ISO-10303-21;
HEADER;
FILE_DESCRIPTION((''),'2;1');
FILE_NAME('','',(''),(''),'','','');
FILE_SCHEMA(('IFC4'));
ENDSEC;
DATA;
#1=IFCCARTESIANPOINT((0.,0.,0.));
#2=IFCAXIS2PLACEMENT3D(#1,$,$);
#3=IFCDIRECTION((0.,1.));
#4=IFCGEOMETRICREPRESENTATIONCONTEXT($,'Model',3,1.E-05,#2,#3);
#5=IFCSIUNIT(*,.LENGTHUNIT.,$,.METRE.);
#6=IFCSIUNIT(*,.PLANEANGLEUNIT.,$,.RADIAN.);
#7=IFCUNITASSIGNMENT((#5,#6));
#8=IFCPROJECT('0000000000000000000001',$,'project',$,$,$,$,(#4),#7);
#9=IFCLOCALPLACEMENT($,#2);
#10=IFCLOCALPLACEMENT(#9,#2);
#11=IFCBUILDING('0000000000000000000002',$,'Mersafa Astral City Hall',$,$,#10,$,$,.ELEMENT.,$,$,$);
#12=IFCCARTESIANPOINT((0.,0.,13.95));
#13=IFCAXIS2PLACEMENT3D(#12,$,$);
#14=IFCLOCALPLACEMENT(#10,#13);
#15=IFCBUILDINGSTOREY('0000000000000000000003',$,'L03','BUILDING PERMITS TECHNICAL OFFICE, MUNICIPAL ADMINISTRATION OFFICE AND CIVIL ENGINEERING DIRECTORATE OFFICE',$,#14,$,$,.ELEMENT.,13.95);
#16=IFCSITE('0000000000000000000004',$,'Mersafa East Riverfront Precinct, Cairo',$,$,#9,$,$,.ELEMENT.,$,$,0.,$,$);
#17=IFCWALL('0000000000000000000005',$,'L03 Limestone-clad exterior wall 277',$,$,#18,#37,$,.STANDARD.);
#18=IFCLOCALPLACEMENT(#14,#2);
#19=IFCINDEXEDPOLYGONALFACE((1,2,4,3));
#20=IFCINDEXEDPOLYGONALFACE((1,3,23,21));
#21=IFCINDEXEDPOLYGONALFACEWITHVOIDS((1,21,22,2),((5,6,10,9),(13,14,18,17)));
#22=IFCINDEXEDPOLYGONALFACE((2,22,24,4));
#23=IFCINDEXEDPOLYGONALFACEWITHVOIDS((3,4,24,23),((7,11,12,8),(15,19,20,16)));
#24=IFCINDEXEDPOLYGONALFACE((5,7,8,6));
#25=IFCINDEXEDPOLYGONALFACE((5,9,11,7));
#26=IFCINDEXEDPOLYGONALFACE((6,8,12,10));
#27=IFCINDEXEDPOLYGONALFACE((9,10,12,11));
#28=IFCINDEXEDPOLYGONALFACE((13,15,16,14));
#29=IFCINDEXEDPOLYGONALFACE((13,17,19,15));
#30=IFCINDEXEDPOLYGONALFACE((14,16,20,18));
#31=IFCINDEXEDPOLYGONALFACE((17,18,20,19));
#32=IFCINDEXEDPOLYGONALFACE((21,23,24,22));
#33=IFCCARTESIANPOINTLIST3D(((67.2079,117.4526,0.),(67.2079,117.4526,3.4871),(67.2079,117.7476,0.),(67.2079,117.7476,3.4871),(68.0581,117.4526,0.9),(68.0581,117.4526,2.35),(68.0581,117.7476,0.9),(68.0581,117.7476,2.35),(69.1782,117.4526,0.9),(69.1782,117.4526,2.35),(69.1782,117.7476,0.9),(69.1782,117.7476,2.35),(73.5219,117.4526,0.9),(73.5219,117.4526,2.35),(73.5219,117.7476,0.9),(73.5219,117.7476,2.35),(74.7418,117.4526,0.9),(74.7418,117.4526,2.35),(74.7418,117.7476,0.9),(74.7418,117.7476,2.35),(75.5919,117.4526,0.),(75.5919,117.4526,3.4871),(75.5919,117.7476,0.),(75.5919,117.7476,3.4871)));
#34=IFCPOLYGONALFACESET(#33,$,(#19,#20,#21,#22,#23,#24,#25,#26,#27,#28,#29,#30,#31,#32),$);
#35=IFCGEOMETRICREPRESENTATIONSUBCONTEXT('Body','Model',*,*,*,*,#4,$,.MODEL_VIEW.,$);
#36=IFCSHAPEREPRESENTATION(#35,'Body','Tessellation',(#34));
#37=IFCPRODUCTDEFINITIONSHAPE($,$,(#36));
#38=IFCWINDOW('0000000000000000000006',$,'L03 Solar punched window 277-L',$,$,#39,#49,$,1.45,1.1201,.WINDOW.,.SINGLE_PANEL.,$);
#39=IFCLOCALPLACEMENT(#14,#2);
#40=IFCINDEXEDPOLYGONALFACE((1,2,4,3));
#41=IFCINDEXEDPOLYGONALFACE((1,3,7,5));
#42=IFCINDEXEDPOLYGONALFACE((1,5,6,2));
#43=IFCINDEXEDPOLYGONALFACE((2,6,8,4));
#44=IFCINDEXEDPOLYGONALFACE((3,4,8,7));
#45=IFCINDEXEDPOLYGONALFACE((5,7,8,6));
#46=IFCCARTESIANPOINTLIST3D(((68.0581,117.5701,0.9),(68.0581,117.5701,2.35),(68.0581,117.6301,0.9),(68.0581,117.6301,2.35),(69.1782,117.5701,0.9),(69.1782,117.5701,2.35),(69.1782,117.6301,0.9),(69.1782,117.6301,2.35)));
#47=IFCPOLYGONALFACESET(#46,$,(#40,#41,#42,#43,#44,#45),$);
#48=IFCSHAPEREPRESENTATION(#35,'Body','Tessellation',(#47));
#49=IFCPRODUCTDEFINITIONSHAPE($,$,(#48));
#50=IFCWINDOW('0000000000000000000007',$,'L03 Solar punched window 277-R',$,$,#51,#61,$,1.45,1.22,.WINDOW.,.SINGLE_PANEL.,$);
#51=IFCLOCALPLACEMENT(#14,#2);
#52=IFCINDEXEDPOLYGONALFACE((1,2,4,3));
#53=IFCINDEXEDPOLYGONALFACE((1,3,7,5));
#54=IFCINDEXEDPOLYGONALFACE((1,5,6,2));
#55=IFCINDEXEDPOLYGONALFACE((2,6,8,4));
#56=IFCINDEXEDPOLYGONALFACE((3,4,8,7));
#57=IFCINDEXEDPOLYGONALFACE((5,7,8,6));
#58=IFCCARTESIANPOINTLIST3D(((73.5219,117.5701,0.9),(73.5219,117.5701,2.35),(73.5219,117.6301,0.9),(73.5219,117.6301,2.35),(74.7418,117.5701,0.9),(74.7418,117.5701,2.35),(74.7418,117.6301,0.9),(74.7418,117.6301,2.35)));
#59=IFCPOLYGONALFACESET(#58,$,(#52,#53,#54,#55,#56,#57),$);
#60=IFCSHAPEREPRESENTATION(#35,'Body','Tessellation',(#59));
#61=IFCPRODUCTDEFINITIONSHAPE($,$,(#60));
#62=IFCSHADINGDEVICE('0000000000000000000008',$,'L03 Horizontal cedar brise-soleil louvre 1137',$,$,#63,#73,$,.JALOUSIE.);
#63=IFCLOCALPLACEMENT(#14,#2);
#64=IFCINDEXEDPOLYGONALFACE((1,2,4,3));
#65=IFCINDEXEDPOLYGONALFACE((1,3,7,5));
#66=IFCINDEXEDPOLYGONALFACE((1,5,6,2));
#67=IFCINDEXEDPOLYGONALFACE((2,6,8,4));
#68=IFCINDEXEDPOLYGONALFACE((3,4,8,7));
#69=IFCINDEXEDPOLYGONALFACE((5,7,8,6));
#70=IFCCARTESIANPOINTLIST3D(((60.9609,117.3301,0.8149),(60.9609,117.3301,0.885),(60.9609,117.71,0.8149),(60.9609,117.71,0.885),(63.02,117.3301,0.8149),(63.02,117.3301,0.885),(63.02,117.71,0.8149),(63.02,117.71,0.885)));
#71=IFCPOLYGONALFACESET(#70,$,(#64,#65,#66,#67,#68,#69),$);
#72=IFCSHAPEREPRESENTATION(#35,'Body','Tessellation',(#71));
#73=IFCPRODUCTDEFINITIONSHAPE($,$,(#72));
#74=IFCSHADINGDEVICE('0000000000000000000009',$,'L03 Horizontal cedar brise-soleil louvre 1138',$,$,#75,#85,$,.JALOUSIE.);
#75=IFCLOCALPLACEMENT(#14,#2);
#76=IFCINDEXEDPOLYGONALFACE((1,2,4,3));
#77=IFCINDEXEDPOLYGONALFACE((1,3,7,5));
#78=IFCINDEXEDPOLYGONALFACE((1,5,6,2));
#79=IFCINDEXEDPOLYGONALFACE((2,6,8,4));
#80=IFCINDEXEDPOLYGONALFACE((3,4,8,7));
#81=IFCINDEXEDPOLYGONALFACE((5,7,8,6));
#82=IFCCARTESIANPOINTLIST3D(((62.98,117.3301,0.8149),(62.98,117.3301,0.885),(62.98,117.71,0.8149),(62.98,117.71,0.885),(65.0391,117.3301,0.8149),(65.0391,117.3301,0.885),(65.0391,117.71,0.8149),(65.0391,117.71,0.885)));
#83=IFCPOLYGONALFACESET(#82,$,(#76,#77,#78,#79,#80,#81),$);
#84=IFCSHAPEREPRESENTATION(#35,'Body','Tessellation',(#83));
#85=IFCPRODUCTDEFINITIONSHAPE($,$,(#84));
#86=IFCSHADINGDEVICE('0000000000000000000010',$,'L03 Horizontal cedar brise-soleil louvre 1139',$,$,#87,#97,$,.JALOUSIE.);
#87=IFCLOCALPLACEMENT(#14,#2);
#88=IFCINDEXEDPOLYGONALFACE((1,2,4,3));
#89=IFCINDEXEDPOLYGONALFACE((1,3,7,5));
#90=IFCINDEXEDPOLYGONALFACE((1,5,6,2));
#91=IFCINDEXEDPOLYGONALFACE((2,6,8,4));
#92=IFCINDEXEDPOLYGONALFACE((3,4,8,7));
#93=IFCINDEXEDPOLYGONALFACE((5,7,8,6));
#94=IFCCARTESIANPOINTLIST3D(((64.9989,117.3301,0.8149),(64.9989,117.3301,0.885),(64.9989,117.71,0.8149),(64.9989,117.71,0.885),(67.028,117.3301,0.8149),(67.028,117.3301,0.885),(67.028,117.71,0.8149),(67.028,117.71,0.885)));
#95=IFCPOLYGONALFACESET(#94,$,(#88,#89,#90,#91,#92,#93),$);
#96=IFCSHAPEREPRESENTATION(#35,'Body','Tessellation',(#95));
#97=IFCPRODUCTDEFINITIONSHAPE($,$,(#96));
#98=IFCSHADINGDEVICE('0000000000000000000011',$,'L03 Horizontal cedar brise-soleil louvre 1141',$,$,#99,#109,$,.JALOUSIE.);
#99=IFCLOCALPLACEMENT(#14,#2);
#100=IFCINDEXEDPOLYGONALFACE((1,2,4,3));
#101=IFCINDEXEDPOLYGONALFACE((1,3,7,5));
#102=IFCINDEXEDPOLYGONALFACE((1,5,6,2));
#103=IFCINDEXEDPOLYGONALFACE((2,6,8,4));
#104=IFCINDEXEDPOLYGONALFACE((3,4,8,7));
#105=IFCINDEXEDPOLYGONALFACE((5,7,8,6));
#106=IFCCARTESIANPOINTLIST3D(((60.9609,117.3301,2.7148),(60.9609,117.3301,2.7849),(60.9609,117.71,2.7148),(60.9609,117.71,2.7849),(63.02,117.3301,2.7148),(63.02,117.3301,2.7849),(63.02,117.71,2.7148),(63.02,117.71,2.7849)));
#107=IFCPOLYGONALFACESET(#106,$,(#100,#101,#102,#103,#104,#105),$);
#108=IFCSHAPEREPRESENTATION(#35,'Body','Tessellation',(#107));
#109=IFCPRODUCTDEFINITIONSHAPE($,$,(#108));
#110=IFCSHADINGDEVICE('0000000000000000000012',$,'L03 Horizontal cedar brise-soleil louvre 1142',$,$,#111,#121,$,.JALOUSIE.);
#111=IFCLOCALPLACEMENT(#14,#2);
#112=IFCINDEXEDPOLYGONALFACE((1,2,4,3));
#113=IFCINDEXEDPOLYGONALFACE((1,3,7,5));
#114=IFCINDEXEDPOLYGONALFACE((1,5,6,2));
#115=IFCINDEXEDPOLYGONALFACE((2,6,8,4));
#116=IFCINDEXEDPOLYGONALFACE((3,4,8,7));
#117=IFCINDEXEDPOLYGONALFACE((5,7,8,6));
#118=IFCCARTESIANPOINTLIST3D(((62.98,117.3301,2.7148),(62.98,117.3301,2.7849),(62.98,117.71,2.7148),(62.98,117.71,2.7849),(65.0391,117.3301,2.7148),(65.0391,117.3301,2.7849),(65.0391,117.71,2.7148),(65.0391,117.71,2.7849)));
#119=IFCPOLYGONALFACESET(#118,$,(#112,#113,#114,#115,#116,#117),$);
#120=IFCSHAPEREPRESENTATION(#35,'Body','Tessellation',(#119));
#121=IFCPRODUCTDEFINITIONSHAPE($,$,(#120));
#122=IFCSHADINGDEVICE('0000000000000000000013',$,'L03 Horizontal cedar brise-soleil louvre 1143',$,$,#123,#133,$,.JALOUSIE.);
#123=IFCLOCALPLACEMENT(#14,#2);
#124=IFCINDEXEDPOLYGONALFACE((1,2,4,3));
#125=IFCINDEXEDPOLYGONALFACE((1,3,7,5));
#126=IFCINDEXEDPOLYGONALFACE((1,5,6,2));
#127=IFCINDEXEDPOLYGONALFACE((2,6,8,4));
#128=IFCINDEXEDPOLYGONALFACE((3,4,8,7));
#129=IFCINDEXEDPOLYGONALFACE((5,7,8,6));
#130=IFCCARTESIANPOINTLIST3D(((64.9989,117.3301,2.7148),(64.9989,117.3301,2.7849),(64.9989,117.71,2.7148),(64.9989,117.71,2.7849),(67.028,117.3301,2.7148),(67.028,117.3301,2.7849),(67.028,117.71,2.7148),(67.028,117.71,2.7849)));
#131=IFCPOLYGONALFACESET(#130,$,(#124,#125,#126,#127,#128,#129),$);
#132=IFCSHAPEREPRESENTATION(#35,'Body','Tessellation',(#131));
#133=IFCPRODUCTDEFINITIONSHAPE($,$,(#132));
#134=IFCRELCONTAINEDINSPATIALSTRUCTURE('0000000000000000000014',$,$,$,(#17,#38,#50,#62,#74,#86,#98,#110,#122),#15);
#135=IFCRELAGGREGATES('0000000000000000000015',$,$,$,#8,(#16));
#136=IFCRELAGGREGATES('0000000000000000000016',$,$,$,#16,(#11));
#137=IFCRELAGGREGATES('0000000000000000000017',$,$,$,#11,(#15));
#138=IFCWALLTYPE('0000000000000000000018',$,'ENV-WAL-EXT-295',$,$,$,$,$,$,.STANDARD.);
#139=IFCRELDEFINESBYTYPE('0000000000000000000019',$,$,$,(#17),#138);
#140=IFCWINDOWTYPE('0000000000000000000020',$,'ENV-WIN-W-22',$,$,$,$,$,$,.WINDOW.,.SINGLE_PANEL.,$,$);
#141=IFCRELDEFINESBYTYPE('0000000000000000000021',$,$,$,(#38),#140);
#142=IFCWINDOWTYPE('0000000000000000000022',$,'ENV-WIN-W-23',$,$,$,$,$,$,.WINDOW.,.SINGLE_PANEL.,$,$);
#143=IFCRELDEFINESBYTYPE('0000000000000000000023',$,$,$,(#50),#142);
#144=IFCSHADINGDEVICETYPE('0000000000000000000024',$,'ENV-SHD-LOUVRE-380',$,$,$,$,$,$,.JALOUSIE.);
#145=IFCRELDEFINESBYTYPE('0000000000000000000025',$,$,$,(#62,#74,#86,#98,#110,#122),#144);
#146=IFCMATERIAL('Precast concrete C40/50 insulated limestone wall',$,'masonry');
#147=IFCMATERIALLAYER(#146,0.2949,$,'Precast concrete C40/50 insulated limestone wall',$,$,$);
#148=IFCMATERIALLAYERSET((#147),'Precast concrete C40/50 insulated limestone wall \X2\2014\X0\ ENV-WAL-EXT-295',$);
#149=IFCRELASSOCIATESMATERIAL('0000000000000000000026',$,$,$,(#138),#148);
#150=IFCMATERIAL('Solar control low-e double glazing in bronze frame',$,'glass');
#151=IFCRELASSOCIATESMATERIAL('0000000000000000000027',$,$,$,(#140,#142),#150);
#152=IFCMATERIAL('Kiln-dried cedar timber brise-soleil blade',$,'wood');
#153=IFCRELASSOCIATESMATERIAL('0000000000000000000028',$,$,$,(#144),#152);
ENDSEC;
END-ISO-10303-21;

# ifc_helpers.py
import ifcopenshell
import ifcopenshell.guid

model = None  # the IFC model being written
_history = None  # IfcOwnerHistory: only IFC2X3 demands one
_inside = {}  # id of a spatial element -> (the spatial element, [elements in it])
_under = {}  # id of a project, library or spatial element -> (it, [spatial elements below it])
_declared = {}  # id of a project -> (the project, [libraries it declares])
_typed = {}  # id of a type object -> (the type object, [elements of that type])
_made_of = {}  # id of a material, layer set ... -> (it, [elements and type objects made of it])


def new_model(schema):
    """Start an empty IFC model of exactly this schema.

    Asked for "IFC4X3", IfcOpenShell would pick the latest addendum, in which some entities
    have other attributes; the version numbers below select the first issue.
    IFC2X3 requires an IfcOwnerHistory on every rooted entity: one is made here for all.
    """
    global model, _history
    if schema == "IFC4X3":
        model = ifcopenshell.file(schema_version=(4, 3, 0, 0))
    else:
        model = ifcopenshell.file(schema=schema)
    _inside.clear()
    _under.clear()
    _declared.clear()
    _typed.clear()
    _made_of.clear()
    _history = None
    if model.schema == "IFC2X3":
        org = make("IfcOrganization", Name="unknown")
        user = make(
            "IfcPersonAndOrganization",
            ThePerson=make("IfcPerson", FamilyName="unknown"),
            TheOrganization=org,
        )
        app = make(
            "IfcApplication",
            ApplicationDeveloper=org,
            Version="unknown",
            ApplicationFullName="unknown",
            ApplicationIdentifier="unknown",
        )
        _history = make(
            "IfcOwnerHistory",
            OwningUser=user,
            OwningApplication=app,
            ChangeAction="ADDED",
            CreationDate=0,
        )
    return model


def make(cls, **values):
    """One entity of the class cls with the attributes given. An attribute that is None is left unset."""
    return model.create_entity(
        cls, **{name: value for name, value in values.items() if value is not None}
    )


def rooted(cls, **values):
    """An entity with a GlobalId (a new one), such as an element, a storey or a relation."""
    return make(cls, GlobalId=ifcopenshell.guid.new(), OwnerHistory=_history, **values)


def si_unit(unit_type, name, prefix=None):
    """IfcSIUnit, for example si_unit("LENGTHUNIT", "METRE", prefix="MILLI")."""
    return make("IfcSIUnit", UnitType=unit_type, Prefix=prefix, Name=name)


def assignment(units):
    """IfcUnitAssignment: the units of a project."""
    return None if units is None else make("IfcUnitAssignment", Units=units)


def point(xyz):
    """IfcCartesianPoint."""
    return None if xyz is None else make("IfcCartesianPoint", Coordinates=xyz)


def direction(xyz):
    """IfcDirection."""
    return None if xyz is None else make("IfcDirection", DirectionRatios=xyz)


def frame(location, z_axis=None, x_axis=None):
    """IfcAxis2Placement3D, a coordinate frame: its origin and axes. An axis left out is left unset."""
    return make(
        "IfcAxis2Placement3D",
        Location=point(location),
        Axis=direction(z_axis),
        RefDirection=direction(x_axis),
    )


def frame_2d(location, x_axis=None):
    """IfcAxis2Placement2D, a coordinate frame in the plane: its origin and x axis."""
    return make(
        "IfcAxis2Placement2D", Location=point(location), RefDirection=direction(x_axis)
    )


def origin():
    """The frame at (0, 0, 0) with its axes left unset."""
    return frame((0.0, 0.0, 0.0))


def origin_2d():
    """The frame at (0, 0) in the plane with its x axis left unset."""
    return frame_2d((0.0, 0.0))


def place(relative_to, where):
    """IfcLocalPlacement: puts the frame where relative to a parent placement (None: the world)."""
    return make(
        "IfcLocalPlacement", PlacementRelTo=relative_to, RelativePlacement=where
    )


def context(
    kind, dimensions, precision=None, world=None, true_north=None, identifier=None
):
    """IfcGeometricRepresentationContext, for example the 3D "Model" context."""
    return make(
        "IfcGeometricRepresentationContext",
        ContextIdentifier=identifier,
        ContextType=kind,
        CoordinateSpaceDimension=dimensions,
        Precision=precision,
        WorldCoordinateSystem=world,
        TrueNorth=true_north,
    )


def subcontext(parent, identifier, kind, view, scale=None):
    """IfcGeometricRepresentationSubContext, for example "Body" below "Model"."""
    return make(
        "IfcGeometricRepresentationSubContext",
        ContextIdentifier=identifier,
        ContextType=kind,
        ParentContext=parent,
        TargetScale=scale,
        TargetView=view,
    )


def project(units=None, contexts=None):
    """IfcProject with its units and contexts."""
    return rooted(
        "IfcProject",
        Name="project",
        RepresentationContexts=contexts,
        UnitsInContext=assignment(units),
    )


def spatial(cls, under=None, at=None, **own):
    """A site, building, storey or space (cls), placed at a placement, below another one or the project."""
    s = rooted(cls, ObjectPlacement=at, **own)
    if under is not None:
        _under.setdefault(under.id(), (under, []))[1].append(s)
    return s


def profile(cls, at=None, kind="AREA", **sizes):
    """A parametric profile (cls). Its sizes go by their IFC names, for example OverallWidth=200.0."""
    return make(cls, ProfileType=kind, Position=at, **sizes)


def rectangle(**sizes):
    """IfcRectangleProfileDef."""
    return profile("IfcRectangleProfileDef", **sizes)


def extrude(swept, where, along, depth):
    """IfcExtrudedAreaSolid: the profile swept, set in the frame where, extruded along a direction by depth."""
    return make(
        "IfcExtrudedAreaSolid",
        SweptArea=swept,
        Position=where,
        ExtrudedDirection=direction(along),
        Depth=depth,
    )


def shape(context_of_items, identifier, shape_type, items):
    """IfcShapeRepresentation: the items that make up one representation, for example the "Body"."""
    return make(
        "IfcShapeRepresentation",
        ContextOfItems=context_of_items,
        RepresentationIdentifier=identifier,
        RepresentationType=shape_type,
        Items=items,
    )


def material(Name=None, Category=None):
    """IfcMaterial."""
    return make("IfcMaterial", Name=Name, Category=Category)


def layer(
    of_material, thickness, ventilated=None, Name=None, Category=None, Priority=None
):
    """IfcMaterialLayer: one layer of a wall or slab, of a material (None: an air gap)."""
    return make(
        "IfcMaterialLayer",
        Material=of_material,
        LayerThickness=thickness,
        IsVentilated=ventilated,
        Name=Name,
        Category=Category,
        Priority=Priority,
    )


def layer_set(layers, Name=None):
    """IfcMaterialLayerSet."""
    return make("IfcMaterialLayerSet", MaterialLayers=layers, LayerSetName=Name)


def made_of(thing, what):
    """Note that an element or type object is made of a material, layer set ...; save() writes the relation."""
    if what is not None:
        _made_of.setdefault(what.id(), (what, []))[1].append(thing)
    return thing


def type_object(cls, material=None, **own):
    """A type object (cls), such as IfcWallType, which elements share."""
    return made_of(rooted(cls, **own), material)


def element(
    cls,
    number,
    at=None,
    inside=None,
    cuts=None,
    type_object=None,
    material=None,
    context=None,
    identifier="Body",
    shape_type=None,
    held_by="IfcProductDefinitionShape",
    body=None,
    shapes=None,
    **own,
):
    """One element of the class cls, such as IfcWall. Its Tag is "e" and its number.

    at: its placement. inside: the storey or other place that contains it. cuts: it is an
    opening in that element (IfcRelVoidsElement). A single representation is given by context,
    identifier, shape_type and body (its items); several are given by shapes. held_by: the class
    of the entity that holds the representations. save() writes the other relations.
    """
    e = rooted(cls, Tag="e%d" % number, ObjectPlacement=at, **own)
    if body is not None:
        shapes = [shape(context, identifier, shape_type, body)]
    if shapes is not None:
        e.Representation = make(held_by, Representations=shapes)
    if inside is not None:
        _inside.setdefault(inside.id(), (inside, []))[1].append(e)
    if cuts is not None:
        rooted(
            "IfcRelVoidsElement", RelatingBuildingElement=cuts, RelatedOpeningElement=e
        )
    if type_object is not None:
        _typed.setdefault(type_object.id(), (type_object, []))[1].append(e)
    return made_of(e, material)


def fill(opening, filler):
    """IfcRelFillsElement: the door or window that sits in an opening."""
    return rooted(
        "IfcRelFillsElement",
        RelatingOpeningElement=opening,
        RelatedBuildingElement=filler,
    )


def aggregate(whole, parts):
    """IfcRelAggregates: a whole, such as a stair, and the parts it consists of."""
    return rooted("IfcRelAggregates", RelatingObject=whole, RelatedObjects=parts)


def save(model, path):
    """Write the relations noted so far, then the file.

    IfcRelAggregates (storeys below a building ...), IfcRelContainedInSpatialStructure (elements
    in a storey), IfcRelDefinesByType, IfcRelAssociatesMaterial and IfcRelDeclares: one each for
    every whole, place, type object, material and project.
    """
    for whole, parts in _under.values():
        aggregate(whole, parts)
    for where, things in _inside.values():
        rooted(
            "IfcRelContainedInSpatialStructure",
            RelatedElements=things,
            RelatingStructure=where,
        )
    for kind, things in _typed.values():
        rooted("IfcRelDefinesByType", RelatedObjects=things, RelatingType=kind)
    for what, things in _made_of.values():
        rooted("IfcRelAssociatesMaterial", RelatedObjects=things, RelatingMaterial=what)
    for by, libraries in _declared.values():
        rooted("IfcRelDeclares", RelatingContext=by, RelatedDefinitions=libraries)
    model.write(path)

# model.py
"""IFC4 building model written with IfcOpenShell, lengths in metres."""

from ifc_helpers import new_model, si_unit, direction, frame, frame_2d, origin, origin_2d, place, context, subcontext, project, spatial, rectangle, extrude, material, layer, layer_set, type_object, element, fill, save


model = new_model("IFC4")

# Units and contexts
model_context = context("Model", 3, precision=1e-05, world=origin(), true_north=direction((0.0, 1.0)))
body_context = subcontext(model_context, "Body", "Model", "MODEL_VIEW")
ifc_project = project(units=[si_unit("LENGTHUNIT", "METRE"), si_unit("PLANEANGLEUNIT", "RADIAN")], contexts=[model_context])

# Site, building, storey
site_placement = place(None, origin())
site = spatial("IfcSite", under=ifc_project, at=site_placement, Name="Mersafa East Riverfront Precinct, Cairo", CompositionType="ELEMENT", RefElevation=0.0)
building_placement = place(site_placement, origin())
building = spatial("IfcBuilding", under=site, at=building_placement, Name="Mersafa Astral City Hall", CompositionType="ELEMENT")
storey_placement = place(building_placement, frame((0.0, 0.0, 13.95)))
storey = spatial("IfcBuildingStorey", under=building, at=storey_placement, Name="L03", Description="BUILDING PERMITS TECHNICAL OFFICE, MUNICIPAL ADMINISTRATION OFFICE AND CIVIL ENGINEERING DIRECTORATE OFFICE", CompositionType="ELEMENT", Elevation=13.95)

# Wall, openings, windows
ifc_material_1 = material(Name="Precast concrete C40/50 insulated limestone wall", Category="masonry")
ifc_layer_1 = layer(ifc_material_1, 0.2949, Name="Precast concrete C40/50 insulated limestone wall")
ifc_layer_set_1 = layer_set([ifc_layer_1], Name="Precast concrete C40/50 insulated limestone wall — ENV-WAL-EXT-295")
wall_type = type_object("IfcWallType", Name="ENV-WAL-EXT-295", PredefinedType="STANDARD", material=ifc_layer_set_1)
wall_placement = place(storey_placement, frame((67.208, 117.6001, 0.0), z_axis=(0.0, 0.0, 1.0), x_axis=(1.0, 0.0, 0.0)))
wall = element("IfcWall", 1, at=wall_placement, inside=storey, type_object=wall_type, Name="L03 Limestone-clad exterior wall 277", PredefinedType="STANDARD", context=body_context, shape_type="SweptSolid", body=[
    extrude(rectangle(XDim=8.384, YDim=0.2949, at=frame_2d((4.1919, 0.0))), origin(), (0.0, 0.0, 1.0), 3.4871),
])
opening_1_placement = place(wall_placement, frame((0.8501, 0.0, 0.8999)))
opening_1 = element("IfcOpeningElement", 2, at=opening_1_placement, cuts=wall, PredefinedType="OPENING", context=body_context, shape_type="SweptSolid", body=[
    extrude(rectangle(XDim=1.1201, YDim=1.45, at=frame_2d((0.5601, 0.7251))), frame((0.0, 0.1575, 0.0), z_axis=(0.0, -1.0, 0.0), x_axis=(1.0, 0.0, 0.0)), (0.0, 0.0, 1.0), 0.3149),
])
opening_2_placement = place(wall_placement, frame((6.314, 0.0, 0.8999)))
opening_2 = element("IfcOpeningElement", 3, at=opening_2_placement, cuts=wall, PredefinedType="OPENING", context=body_context, shape_type="SweptSolid", body=[
    extrude(rectangle(XDim=1.22, YDim=1.45, at=frame_2d((0.6099, 0.7251))), frame((0.0, 0.1575, 0.0), z_axis=(0.0, -1.0, 0.0), x_axis=(1.0, 0.0, 0.0)), (0.0, 0.0, 1.0), 0.3149),
])
ifc_material_2 = material(Name="Solar control low-e double glazing in bronze frame", Category="glass")
window_type_1 = type_object("IfcWindowType", Name="ENV-WIN-W-22", PartitioningType="SINGLE_PANEL", PredefinedType="WINDOW", material=ifc_material_2)
window_1_placement = place(opening_1_placement, origin())
window_1 = element("IfcWindow", 4, at=window_1_placement, inside=storey, type_object=window_type_1, Name="L03 Solar punched window 277-L", OverallHeight=1.45, OverallWidth=1.1201, PartitioningType="SINGLE_PANEL", PredefinedType="WINDOW", context=body_context, shape_type="SweptSolid", body=[
    extrude(rectangle(XDim=1.1201, YDim=1.45, at=frame_2d((0.5601, 0.7251))), frame((0.0, 0.03, 0.0), z_axis=(0.0, -1.0, 0.0), x_axis=(1.0, 0.0, 0.0)), (0.0, 0.0, 1.0), 0.0601),
])
fill(opening_1, window_1)
window_type_2 = type_object("IfcWindowType", Name="ENV-WIN-W-23", PartitioningType="SINGLE_PANEL", PredefinedType="WINDOW", material=ifc_material_2)
window_2_placement = place(opening_2_placement, origin())
window_2 = element("IfcWindow", 5, at=window_2_placement, inside=storey, type_object=window_type_2, Name="L03 Solar punched window 277-R", OverallHeight=1.45, OverallWidth=1.22, PartitioningType="SINGLE_PANEL", PredefinedType="WINDOW", context=body_context, shape_type="SweptSolid", body=[
    extrude(rectangle(XDim=1.22, YDim=1.45, at=frame_2d((0.6099, 0.7251))), frame((0.0, 0.03, 0.0), z_axis=(0.0, -1.0, 0.0), x_axis=(1.0, 0.0, 0.0)), (0.0, 0.0, 1.0), 0.0601),
])
fill(opening_2, window_2)

# Shading devices
ifc_material_3 = material(Name="Kiln-dried cedar timber brise-soleil blade", Category="wood")
shading_device_type = type_object("IfcShadingDeviceType", Name="ENV-SHD-LOUVRE-380", PredefinedType="JALOUSIE", material=ifc_material_3)
for number, where, z_axis, x_axis, name in (
    (6, (61.9905, 117.52, 0.8149), (0.0, 0.0, 1.0), (1.0, 0.0, 0.0), "L03 Horizontal cedar brise-soleil louvre 1137"),
    (7, (64.0095, 117.52, 0.8149), (0.0, 0.0, 1.0), (1.0, 0.0, 0.0), "L03 Horizontal cedar brise-soleil louvre 1138"),
):
    element("IfcShadingDevice", number, at=place(storey_placement, frame(where, z_axis=z_axis, x_axis=x_axis)), inside=storey, type_object=shading_device_type, Name=name, PredefinedType="JALOUSIE", context=body_context, shape_type="SweptSolid", body=[
        extrude(rectangle(XDim=2.0591, YDim=0.3799, at=origin_2d()), origin(), (0.0, 0.0, 1.0), 0.0701),
    ])
shading_device_1_placement = place(storey_placement, frame((66.0134, 117.52, 0.8149), z_axis=(0.0, 0.0, 1.0), x_axis=(1.0, 0.0, 0.0)))
element("IfcShadingDevice", 8, at=shading_device_1_placement, inside=storey, type_object=shading_device_type, Name="L03 Horizontal cedar brise-soleil louvre 1139", PredefinedType="JALOUSIE", context=body_context, shape_type="SweptSolid", body=[
    extrude(rectangle(XDim=2.0291, YDim=0.3799, at=origin_2d()), origin(), (0.0, 0.0, 1.0), 0.0701),
])
for number, where, z_axis, x_axis, name in (
    (9, (61.9905, 117.52, 2.7148), (0.0, 0.0, 1.0), (1.0, 0.0, 0.0), "L03 Horizontal cedar brise-soleil louvre 1141"),
    (10, (64.0095, 117.52, 2.7148), (0.0, 0.0, 1.0), (1.0, 0.0, 0.0), "L03 Horizontal cedar brise-soleil louvre 1142"),
):
    element("IfcShadingDevice", number, at=place(storey_placement, frame(where, z_axis=z_axis, x_axis=x_axis)), inside=storey, type_object=shading_device_type, Name=name, PredefinedType="JALOUSIE", context=body_context, shape_type="SweptSolid", body=[
        extrude(rectangle(XDim=2.0591, YDim=0.3799, at=origin_2d()), origin(), (0.0, 0.0, 1.0), 0.0701),
    ])
shading_device_2_placement = place(storey_placement, frame((66.0134, 117.52, 2.7148), z_axis=(0.0, 0.0, 1.0), x_axis=(1.0, 0.0, 0.0)))
element("IfcShadingDevice", 11, at=shading_device_2_placement, inside=storey, type_object=shading_device_type, Name="L03 Horizontal cedar brise-soleil louvre 1143", PredefinedType="JALOUSIE", context=body_context, shape_type="SweptSolid", body=[
    extrude(rectangle(XDim=2.0291, YDim=0.3799, at=origin_2d()), origin(), (0.0, 0.0, 1.0), 0.0701),
])

save(model, "model.ifc")
